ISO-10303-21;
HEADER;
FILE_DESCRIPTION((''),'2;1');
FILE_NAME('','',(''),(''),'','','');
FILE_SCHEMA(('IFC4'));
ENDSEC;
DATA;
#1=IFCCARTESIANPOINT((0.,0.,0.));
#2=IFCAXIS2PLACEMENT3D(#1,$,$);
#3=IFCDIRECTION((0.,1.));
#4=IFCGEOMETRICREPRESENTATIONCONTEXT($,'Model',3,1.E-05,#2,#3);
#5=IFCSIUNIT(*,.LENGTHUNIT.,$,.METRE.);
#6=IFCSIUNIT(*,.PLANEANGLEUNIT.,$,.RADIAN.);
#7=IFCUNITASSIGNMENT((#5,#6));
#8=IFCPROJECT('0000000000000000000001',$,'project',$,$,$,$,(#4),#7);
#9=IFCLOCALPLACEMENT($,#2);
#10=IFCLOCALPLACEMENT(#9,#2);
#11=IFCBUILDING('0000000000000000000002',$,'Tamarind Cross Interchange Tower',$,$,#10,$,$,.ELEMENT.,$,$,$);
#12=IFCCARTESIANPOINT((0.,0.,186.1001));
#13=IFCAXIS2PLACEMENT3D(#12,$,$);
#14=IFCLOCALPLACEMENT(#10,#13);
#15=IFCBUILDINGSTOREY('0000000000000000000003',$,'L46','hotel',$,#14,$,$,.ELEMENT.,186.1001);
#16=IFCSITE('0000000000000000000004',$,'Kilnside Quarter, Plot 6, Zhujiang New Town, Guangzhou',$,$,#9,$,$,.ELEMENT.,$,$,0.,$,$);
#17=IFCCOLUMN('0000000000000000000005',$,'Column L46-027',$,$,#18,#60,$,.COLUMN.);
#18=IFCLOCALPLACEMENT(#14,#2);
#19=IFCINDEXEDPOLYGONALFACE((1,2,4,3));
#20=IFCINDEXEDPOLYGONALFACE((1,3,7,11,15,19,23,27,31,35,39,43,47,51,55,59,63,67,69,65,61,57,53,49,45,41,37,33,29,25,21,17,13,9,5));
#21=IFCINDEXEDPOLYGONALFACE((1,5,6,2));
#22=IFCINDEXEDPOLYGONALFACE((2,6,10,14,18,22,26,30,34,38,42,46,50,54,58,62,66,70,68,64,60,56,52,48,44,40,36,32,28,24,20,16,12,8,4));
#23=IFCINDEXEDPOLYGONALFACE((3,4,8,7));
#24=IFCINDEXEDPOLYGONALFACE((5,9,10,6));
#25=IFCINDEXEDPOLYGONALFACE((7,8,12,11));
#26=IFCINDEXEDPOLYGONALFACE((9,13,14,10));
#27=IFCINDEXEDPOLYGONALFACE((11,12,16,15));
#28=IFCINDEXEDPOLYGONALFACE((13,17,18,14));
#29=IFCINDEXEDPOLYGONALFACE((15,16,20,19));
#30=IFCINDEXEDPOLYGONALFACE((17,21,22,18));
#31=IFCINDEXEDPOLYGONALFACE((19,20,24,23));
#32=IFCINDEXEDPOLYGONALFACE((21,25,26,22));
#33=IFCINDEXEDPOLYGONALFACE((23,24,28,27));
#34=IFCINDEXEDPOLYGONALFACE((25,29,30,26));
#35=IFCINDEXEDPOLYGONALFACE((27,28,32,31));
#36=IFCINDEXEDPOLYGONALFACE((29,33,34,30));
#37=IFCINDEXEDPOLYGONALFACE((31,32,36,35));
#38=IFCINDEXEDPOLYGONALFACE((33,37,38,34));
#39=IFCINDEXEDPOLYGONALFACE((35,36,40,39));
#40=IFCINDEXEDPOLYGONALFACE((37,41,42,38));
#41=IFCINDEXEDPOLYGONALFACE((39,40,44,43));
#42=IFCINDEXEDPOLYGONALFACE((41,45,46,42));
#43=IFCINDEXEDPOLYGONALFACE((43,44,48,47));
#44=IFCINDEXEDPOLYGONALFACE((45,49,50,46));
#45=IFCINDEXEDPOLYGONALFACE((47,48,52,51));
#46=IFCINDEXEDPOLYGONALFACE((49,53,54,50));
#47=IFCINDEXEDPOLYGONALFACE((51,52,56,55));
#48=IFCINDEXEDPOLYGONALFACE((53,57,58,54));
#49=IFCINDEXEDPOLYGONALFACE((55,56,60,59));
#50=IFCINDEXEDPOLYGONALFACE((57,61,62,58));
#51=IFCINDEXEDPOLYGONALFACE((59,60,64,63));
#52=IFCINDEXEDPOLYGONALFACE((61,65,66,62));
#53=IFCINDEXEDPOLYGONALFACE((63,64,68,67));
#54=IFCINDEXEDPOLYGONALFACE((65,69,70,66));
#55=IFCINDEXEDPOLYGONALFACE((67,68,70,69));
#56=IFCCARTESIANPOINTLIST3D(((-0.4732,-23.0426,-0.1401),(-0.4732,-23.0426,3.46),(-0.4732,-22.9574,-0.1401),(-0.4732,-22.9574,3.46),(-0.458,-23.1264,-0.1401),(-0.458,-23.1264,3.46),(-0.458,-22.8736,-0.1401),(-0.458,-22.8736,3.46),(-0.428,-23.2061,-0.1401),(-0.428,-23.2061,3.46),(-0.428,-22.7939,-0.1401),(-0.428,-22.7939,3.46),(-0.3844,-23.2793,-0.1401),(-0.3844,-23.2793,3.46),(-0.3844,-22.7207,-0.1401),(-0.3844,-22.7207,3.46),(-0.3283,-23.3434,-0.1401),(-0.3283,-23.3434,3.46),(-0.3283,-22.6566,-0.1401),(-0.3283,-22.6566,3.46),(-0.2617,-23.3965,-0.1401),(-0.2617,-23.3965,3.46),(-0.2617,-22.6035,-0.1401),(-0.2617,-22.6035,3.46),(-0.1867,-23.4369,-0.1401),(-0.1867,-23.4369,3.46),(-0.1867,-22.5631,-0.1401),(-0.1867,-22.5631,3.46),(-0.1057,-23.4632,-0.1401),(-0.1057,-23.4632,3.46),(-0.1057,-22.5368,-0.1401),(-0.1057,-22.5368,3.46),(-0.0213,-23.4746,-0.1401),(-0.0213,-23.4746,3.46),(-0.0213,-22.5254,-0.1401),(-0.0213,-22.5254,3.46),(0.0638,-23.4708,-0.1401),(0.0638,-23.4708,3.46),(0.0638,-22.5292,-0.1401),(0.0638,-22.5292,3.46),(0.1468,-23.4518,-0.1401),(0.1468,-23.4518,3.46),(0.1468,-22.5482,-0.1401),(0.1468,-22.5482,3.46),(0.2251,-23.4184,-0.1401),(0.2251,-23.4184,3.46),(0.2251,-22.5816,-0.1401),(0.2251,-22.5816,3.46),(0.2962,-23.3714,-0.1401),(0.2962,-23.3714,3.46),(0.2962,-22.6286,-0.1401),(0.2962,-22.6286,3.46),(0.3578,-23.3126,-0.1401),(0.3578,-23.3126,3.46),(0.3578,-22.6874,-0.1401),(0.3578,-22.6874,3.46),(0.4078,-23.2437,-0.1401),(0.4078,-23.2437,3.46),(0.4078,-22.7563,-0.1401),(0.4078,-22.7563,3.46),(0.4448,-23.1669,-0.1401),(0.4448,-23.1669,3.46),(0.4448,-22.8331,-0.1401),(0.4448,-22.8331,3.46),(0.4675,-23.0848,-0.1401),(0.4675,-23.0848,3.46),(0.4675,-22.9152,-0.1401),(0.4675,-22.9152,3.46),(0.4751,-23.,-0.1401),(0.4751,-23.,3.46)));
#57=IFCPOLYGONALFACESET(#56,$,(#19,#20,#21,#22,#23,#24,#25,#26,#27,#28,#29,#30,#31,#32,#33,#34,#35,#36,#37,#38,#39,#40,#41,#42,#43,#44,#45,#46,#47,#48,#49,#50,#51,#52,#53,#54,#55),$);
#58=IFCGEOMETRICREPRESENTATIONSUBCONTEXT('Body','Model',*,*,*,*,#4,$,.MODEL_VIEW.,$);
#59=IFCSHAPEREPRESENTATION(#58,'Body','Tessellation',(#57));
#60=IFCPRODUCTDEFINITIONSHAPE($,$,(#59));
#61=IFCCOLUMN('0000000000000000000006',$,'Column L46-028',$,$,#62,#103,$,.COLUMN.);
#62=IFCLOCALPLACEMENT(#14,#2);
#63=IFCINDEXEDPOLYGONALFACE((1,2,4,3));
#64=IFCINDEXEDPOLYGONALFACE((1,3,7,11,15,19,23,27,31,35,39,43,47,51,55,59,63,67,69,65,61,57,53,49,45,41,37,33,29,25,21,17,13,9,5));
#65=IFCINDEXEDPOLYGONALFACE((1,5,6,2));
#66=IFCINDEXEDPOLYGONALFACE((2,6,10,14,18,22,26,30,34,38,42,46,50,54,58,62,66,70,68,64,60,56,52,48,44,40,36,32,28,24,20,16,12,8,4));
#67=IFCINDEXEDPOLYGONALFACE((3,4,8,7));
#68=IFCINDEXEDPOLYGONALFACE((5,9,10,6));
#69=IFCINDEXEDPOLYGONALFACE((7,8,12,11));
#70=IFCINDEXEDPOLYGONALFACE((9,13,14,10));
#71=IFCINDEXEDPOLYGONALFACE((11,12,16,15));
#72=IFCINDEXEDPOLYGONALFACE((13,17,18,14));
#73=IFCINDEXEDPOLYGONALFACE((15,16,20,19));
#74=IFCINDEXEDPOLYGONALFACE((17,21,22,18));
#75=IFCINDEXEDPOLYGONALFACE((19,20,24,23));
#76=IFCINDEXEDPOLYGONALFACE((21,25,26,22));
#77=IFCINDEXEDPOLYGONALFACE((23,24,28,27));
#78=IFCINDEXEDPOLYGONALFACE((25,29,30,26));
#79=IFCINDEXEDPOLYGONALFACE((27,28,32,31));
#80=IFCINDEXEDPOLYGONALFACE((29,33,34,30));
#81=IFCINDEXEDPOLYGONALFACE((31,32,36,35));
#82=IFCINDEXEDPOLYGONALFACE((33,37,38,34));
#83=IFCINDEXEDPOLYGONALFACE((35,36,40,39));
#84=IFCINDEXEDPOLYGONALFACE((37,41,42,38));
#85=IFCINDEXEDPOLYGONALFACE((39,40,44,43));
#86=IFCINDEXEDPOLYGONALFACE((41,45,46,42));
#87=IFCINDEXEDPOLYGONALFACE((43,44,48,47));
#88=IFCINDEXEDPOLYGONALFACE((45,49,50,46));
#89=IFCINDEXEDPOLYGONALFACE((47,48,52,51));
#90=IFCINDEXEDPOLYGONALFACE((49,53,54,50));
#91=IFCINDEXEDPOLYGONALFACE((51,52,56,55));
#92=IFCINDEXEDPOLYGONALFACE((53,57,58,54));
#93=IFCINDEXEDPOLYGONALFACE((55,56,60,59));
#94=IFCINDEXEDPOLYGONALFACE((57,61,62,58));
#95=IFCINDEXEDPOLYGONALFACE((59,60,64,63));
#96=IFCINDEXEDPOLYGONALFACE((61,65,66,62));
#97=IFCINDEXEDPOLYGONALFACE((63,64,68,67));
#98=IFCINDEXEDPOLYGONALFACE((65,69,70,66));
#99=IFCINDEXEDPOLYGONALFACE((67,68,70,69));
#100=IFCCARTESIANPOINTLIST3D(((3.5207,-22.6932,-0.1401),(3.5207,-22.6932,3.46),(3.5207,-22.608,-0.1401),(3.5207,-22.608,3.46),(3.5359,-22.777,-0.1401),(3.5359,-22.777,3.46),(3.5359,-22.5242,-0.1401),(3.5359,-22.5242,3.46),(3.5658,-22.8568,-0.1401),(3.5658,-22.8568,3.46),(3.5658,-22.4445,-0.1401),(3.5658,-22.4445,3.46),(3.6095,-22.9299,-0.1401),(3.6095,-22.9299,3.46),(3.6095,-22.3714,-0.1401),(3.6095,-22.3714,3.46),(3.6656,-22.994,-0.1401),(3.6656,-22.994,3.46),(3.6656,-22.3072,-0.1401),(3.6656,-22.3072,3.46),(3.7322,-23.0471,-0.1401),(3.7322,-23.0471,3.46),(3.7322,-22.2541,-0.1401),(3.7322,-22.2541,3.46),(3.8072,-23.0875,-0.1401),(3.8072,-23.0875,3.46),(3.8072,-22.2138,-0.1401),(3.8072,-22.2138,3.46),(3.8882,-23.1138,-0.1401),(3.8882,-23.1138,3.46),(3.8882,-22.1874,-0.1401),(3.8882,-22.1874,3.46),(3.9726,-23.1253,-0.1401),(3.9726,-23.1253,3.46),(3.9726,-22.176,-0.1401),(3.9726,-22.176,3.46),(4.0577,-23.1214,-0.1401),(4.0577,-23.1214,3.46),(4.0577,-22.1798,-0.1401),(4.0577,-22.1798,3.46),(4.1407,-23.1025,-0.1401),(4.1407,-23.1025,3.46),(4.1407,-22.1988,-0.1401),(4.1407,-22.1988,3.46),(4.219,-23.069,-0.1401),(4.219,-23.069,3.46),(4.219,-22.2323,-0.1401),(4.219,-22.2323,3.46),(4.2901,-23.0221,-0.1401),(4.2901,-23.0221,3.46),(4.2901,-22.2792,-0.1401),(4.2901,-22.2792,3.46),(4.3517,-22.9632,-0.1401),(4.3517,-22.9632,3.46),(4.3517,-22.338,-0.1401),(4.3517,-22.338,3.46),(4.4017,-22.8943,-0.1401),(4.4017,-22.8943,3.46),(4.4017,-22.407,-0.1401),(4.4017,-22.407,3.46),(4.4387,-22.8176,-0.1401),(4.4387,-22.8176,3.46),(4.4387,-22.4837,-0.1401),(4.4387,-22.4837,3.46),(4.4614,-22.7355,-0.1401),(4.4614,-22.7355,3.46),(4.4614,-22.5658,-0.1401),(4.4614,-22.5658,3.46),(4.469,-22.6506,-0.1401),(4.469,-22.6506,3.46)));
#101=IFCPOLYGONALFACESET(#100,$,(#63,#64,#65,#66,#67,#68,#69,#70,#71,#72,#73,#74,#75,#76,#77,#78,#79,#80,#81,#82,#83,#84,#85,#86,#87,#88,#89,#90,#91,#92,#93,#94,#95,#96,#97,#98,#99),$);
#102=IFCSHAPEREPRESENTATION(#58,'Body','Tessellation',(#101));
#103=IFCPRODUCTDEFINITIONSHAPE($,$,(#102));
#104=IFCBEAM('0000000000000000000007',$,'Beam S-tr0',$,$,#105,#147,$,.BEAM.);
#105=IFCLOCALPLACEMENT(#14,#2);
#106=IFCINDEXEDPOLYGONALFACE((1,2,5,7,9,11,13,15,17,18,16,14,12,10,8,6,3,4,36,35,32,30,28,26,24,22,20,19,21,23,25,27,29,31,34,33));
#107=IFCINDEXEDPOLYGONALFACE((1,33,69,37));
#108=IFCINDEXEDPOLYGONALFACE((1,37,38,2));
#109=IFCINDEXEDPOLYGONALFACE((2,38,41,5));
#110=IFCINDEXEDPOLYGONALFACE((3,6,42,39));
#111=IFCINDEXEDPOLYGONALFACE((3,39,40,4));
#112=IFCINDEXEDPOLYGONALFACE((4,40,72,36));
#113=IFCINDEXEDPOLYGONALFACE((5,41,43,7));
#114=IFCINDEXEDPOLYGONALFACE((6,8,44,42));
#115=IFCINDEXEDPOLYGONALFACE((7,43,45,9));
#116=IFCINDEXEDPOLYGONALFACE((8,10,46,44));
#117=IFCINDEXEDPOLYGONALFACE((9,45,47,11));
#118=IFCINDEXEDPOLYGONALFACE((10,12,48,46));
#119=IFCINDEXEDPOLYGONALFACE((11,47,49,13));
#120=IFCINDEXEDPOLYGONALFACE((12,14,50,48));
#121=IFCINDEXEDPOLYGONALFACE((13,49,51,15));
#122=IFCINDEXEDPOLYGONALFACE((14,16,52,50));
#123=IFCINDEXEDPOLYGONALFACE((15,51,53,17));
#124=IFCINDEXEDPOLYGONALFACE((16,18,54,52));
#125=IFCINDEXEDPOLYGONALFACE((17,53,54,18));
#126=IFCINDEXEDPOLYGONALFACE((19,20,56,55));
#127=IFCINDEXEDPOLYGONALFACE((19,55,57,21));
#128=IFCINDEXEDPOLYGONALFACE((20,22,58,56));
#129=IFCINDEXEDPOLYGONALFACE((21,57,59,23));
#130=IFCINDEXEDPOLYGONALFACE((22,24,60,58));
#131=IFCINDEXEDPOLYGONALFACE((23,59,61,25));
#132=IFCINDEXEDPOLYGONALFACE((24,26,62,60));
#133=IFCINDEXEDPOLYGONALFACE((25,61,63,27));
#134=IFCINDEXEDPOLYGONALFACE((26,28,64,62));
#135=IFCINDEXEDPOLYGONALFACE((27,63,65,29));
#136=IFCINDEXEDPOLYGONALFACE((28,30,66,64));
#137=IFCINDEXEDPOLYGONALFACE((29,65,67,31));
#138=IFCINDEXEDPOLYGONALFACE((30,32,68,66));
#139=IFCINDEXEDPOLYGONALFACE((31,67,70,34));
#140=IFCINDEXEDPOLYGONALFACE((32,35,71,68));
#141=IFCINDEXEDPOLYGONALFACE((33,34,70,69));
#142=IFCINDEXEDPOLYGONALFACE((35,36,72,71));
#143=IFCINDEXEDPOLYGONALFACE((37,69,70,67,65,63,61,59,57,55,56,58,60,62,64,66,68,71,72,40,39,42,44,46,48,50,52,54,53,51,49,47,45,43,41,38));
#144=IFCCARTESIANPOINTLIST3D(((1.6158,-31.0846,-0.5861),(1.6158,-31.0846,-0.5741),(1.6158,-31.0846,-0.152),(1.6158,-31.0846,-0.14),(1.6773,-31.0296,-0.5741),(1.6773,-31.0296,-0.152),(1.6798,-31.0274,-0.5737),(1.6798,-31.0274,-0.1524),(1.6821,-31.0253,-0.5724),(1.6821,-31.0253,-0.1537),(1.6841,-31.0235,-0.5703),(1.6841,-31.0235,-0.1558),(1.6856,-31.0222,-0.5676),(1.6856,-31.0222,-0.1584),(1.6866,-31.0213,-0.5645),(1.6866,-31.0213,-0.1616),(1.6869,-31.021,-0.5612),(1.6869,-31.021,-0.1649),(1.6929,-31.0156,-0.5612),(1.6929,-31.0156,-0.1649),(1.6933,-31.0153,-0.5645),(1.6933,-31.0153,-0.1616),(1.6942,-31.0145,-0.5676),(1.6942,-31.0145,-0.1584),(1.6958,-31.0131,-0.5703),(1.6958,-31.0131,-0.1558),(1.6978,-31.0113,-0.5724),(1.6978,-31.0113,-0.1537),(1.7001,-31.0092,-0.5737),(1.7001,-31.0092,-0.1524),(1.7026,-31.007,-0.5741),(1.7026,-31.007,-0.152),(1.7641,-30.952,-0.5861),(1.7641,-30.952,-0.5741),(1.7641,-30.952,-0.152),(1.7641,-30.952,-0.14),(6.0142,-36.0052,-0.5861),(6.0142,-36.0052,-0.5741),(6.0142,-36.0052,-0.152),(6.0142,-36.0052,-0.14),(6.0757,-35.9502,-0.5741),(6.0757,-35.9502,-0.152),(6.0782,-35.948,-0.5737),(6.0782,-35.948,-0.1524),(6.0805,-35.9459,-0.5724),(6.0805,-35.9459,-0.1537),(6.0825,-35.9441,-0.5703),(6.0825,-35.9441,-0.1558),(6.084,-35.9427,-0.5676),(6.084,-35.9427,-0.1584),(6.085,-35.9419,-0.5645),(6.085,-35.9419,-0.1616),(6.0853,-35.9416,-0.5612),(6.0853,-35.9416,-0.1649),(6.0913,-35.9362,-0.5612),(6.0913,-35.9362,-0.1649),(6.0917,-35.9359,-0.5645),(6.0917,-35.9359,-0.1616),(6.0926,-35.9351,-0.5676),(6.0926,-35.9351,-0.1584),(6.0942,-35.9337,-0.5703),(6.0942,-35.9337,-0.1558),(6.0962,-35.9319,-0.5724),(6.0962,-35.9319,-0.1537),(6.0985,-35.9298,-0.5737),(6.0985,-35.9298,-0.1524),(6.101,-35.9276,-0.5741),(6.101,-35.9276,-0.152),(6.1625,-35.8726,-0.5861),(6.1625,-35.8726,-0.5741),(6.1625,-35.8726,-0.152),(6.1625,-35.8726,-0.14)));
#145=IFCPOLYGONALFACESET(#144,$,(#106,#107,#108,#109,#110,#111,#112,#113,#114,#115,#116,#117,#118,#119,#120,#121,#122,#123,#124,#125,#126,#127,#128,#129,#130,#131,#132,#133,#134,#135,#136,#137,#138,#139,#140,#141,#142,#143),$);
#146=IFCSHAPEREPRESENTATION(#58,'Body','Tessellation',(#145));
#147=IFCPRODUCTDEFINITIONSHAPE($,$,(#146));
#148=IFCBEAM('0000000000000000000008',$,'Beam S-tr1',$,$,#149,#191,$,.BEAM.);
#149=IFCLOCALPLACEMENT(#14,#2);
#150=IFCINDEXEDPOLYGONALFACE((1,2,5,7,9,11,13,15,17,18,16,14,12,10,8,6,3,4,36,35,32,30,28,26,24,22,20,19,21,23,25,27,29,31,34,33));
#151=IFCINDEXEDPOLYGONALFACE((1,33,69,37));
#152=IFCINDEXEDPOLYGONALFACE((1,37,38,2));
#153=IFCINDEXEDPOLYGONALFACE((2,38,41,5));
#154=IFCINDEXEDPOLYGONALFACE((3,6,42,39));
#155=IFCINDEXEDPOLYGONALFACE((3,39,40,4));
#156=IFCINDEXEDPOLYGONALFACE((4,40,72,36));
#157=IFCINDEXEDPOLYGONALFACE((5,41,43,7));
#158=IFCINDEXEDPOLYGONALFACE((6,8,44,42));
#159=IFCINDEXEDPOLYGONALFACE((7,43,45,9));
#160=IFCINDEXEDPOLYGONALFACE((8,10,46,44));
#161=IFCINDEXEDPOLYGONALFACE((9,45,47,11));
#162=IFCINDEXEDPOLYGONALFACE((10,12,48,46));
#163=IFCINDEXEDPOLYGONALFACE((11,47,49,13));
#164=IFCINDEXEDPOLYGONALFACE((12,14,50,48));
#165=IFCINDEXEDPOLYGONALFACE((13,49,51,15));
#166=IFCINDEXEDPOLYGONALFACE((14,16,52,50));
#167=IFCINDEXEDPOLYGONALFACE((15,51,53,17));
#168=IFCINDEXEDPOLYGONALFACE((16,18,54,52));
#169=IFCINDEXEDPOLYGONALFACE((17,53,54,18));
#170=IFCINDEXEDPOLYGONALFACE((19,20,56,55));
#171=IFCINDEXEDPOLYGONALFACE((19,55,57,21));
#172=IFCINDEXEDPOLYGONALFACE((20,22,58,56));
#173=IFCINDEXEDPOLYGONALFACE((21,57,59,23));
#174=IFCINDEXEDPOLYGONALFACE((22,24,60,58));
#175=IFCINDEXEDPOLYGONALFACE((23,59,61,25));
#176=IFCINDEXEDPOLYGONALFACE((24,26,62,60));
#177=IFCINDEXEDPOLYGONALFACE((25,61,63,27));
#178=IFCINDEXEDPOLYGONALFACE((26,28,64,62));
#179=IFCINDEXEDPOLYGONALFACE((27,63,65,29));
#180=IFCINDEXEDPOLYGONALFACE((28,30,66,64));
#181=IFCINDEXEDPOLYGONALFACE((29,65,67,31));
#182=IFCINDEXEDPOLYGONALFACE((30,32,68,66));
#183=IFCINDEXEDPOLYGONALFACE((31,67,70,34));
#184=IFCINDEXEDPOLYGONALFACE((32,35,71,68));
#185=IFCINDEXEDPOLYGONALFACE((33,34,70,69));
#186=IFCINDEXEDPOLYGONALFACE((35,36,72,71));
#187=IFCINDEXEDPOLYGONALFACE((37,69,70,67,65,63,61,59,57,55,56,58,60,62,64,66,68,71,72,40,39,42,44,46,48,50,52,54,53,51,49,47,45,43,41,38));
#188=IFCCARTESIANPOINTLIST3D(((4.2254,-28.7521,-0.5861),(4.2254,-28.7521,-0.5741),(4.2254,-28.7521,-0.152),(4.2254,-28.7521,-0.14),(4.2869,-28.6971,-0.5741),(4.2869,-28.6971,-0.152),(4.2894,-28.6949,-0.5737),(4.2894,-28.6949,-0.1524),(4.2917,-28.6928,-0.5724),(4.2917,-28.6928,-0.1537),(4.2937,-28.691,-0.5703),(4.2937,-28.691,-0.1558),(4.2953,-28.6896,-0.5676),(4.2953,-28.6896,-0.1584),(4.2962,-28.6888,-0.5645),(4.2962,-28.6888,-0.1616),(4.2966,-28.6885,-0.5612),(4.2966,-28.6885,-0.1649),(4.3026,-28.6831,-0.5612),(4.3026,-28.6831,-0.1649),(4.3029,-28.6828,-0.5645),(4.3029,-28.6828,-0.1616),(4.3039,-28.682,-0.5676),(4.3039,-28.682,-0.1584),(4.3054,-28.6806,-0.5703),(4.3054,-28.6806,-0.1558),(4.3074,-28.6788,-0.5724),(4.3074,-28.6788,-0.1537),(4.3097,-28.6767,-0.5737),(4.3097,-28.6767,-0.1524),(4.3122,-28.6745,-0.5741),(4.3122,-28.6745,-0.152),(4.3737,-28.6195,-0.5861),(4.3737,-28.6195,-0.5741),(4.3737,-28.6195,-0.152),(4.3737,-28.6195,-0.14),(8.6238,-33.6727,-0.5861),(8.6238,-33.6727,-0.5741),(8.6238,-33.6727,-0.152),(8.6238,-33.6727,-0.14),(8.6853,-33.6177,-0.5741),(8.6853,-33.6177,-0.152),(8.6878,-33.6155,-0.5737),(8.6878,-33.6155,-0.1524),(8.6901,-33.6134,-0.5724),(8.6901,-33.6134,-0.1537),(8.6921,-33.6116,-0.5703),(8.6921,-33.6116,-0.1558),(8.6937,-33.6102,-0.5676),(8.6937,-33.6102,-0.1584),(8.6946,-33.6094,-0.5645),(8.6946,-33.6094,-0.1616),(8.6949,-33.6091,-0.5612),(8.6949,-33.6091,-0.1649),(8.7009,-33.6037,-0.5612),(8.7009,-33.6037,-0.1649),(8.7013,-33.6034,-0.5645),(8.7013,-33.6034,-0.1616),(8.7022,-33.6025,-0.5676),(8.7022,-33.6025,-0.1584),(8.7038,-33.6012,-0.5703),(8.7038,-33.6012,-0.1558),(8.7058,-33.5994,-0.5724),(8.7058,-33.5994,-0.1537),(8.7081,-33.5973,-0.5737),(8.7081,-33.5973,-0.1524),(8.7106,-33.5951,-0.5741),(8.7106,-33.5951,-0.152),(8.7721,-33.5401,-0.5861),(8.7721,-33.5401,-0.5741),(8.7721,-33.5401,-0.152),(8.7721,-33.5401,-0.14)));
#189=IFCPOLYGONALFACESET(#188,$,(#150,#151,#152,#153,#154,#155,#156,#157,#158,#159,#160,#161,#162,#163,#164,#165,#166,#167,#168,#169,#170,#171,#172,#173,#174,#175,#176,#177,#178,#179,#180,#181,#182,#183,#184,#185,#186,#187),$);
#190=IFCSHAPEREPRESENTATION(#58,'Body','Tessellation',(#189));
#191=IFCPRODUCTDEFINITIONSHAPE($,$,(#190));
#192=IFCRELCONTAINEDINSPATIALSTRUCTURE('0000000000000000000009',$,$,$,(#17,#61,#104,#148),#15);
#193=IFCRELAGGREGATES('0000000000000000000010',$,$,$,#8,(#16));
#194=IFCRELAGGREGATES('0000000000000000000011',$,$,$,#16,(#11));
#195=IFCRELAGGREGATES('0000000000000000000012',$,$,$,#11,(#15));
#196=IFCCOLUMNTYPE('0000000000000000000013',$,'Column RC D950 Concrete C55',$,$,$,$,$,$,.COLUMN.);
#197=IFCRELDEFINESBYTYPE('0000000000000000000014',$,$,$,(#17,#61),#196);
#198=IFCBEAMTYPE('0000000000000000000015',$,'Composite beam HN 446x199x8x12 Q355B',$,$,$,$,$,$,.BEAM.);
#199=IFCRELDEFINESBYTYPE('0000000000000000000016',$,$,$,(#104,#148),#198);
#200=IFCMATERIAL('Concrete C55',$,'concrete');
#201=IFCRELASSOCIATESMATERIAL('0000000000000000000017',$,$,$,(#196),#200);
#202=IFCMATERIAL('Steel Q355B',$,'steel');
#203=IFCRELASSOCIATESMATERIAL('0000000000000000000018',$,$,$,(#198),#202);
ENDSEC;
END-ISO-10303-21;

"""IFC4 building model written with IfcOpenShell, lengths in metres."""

from ifc_helpers import new_model, si_unit, direction, frame, origin, origin_2d, place, context, subcontext, project, spatial, circle, i_section, extrude, material, material_profile, profile_set, type_object, element, save


model = new_model("IFC4")

# Units and contexts
model_context = context("Model", 3, precision=1e-05, world=origin(), true_north=direction((0.0, 1.0)))
body_context = subcontext(model_context, "Body", "Model", "MODEL_VIEW")
ifc_project = project(units=[si_unit("LENGTHUNIT", "METRE"), si_unit("PLANEANGLEUNIT", "RADIAN")], contexts=[model_context])

# Site, building, storey
site_placement = place(None, origin())
site = spatial("IfcSite", under=ifc_project, at=site_placement, Name="Kilnside Quarter, Plot 6, Zhujiang New Town, Guangzhou", CompositionType="ELEMENT", RefElevation=0.0)
building_placement = place(site_placement, origin())
building = spatial("IfcBuilding", under=site, at=building_placement, Name="Tamarind Cross Interchange Tower", CompositionType="ELEMENT")
storey_placement = place(building_placement, frame((0.0, 0.0, 186.1001)))
storey = spatial("IfcBuildingStorey", under=building, at=storey_placement, Name="L46", Description="hotel", CompositionType="ELEMENT", Elevation=186.1001)

# Columns
ifc_material_1 = material(Name="Concrete C55", Category="concrete")
ifc_material_profile_1 = material_profile(ifc_material_1, circle(Radius=0.4751, at=origin_2d()), Name="RC D950")
ifc_profile_set_1 = profile_set([ifc_material_profile_1], Name="Concrete C55")
column_type = type_object("IfcColumnType", Name="Column RC D950 Concrete C55", PredefinedType="COLUMN", material=ifc_profile_set_1)
for number, where, z_axis, x_axis, name in (
    (1, (0.0, -23.0, -0.1401), (0.0, 0.0, 1.0), (1.0, 0.0, 0.0), "Column L46-027"),
    (2, (3.9939, -22.6506, -0.1401), (0.0, 0.0, 1.0), (1.0, 0.0, 0.0), "Column L46-028"),
):
    element("IfcColumn", number, at=place(storey_placement, frame(where, z_axis=z_axis, x_axis=x_axis)), inside=storey, type_object=column_type, Name=name, PredefinedType="COLUMN", context=body_context, shape_type="SweptSolid", body=[
        extrude(circle(Radius=0.4751, at=origin_2d()), origin(), (0.0, 0.0, 1.0), 3.6001),
    ])

# Beams
ifc_material_2 = material(Name="Steel Q355B", Category="steel")
ifc_material_profile_2 = material_profile(ifc_material_2, i_section(OverallWidth=0.199, OverallDepth=0.446, WebThickness=0.0081, FlangeThickness=0.012, FilletRadius=0.0129, at=origin_2d()), Name="HN 446x199x8x12")
ifc_profile_set_2 = profile_set([ifc_material_profile_2], Name="Steel Q355B")
beam_type_1 = type_object("IfcBeamType", Name="Composite beam HN 446x199x8x12 Q355B", PredefinedType="BEAM", material=ifc_profile_set_2)
for number, where, z_axis, x_axis, name in (
    (3, (1.6899, -31.0183, -0.363), (0.666437, -0.745561, 0.0), (0.745561, 0.666437, 0.0), "Beam S-tr0"),
    (4, (4.2996, -28.6858, -0.363), (0.666437, -0.745561, 0.0), (0.745561, 0.666437, 0.0), "Beam S-tr1"),
):
    element("IfcBeam", number, at=place(storey_placement, frame(where, z_axis=z_axis, x_axis=x_axis)), inside=storey, type_object=beam_type_1, Name=name, PredefinedType="BEAM", context=body_context, shape_type="SweptSolid", body=[
        extrude(i_section(OverallWidth=0.199, OverallDepth=0.446, WebThickness=0.0081, FlangeThickness=0.012, FilletRadius=0.0129, at=origin_2d()), origin(), (0.0, 0.0, 1.0), 6.5999),
    ])

save(model, "model.ifc")
